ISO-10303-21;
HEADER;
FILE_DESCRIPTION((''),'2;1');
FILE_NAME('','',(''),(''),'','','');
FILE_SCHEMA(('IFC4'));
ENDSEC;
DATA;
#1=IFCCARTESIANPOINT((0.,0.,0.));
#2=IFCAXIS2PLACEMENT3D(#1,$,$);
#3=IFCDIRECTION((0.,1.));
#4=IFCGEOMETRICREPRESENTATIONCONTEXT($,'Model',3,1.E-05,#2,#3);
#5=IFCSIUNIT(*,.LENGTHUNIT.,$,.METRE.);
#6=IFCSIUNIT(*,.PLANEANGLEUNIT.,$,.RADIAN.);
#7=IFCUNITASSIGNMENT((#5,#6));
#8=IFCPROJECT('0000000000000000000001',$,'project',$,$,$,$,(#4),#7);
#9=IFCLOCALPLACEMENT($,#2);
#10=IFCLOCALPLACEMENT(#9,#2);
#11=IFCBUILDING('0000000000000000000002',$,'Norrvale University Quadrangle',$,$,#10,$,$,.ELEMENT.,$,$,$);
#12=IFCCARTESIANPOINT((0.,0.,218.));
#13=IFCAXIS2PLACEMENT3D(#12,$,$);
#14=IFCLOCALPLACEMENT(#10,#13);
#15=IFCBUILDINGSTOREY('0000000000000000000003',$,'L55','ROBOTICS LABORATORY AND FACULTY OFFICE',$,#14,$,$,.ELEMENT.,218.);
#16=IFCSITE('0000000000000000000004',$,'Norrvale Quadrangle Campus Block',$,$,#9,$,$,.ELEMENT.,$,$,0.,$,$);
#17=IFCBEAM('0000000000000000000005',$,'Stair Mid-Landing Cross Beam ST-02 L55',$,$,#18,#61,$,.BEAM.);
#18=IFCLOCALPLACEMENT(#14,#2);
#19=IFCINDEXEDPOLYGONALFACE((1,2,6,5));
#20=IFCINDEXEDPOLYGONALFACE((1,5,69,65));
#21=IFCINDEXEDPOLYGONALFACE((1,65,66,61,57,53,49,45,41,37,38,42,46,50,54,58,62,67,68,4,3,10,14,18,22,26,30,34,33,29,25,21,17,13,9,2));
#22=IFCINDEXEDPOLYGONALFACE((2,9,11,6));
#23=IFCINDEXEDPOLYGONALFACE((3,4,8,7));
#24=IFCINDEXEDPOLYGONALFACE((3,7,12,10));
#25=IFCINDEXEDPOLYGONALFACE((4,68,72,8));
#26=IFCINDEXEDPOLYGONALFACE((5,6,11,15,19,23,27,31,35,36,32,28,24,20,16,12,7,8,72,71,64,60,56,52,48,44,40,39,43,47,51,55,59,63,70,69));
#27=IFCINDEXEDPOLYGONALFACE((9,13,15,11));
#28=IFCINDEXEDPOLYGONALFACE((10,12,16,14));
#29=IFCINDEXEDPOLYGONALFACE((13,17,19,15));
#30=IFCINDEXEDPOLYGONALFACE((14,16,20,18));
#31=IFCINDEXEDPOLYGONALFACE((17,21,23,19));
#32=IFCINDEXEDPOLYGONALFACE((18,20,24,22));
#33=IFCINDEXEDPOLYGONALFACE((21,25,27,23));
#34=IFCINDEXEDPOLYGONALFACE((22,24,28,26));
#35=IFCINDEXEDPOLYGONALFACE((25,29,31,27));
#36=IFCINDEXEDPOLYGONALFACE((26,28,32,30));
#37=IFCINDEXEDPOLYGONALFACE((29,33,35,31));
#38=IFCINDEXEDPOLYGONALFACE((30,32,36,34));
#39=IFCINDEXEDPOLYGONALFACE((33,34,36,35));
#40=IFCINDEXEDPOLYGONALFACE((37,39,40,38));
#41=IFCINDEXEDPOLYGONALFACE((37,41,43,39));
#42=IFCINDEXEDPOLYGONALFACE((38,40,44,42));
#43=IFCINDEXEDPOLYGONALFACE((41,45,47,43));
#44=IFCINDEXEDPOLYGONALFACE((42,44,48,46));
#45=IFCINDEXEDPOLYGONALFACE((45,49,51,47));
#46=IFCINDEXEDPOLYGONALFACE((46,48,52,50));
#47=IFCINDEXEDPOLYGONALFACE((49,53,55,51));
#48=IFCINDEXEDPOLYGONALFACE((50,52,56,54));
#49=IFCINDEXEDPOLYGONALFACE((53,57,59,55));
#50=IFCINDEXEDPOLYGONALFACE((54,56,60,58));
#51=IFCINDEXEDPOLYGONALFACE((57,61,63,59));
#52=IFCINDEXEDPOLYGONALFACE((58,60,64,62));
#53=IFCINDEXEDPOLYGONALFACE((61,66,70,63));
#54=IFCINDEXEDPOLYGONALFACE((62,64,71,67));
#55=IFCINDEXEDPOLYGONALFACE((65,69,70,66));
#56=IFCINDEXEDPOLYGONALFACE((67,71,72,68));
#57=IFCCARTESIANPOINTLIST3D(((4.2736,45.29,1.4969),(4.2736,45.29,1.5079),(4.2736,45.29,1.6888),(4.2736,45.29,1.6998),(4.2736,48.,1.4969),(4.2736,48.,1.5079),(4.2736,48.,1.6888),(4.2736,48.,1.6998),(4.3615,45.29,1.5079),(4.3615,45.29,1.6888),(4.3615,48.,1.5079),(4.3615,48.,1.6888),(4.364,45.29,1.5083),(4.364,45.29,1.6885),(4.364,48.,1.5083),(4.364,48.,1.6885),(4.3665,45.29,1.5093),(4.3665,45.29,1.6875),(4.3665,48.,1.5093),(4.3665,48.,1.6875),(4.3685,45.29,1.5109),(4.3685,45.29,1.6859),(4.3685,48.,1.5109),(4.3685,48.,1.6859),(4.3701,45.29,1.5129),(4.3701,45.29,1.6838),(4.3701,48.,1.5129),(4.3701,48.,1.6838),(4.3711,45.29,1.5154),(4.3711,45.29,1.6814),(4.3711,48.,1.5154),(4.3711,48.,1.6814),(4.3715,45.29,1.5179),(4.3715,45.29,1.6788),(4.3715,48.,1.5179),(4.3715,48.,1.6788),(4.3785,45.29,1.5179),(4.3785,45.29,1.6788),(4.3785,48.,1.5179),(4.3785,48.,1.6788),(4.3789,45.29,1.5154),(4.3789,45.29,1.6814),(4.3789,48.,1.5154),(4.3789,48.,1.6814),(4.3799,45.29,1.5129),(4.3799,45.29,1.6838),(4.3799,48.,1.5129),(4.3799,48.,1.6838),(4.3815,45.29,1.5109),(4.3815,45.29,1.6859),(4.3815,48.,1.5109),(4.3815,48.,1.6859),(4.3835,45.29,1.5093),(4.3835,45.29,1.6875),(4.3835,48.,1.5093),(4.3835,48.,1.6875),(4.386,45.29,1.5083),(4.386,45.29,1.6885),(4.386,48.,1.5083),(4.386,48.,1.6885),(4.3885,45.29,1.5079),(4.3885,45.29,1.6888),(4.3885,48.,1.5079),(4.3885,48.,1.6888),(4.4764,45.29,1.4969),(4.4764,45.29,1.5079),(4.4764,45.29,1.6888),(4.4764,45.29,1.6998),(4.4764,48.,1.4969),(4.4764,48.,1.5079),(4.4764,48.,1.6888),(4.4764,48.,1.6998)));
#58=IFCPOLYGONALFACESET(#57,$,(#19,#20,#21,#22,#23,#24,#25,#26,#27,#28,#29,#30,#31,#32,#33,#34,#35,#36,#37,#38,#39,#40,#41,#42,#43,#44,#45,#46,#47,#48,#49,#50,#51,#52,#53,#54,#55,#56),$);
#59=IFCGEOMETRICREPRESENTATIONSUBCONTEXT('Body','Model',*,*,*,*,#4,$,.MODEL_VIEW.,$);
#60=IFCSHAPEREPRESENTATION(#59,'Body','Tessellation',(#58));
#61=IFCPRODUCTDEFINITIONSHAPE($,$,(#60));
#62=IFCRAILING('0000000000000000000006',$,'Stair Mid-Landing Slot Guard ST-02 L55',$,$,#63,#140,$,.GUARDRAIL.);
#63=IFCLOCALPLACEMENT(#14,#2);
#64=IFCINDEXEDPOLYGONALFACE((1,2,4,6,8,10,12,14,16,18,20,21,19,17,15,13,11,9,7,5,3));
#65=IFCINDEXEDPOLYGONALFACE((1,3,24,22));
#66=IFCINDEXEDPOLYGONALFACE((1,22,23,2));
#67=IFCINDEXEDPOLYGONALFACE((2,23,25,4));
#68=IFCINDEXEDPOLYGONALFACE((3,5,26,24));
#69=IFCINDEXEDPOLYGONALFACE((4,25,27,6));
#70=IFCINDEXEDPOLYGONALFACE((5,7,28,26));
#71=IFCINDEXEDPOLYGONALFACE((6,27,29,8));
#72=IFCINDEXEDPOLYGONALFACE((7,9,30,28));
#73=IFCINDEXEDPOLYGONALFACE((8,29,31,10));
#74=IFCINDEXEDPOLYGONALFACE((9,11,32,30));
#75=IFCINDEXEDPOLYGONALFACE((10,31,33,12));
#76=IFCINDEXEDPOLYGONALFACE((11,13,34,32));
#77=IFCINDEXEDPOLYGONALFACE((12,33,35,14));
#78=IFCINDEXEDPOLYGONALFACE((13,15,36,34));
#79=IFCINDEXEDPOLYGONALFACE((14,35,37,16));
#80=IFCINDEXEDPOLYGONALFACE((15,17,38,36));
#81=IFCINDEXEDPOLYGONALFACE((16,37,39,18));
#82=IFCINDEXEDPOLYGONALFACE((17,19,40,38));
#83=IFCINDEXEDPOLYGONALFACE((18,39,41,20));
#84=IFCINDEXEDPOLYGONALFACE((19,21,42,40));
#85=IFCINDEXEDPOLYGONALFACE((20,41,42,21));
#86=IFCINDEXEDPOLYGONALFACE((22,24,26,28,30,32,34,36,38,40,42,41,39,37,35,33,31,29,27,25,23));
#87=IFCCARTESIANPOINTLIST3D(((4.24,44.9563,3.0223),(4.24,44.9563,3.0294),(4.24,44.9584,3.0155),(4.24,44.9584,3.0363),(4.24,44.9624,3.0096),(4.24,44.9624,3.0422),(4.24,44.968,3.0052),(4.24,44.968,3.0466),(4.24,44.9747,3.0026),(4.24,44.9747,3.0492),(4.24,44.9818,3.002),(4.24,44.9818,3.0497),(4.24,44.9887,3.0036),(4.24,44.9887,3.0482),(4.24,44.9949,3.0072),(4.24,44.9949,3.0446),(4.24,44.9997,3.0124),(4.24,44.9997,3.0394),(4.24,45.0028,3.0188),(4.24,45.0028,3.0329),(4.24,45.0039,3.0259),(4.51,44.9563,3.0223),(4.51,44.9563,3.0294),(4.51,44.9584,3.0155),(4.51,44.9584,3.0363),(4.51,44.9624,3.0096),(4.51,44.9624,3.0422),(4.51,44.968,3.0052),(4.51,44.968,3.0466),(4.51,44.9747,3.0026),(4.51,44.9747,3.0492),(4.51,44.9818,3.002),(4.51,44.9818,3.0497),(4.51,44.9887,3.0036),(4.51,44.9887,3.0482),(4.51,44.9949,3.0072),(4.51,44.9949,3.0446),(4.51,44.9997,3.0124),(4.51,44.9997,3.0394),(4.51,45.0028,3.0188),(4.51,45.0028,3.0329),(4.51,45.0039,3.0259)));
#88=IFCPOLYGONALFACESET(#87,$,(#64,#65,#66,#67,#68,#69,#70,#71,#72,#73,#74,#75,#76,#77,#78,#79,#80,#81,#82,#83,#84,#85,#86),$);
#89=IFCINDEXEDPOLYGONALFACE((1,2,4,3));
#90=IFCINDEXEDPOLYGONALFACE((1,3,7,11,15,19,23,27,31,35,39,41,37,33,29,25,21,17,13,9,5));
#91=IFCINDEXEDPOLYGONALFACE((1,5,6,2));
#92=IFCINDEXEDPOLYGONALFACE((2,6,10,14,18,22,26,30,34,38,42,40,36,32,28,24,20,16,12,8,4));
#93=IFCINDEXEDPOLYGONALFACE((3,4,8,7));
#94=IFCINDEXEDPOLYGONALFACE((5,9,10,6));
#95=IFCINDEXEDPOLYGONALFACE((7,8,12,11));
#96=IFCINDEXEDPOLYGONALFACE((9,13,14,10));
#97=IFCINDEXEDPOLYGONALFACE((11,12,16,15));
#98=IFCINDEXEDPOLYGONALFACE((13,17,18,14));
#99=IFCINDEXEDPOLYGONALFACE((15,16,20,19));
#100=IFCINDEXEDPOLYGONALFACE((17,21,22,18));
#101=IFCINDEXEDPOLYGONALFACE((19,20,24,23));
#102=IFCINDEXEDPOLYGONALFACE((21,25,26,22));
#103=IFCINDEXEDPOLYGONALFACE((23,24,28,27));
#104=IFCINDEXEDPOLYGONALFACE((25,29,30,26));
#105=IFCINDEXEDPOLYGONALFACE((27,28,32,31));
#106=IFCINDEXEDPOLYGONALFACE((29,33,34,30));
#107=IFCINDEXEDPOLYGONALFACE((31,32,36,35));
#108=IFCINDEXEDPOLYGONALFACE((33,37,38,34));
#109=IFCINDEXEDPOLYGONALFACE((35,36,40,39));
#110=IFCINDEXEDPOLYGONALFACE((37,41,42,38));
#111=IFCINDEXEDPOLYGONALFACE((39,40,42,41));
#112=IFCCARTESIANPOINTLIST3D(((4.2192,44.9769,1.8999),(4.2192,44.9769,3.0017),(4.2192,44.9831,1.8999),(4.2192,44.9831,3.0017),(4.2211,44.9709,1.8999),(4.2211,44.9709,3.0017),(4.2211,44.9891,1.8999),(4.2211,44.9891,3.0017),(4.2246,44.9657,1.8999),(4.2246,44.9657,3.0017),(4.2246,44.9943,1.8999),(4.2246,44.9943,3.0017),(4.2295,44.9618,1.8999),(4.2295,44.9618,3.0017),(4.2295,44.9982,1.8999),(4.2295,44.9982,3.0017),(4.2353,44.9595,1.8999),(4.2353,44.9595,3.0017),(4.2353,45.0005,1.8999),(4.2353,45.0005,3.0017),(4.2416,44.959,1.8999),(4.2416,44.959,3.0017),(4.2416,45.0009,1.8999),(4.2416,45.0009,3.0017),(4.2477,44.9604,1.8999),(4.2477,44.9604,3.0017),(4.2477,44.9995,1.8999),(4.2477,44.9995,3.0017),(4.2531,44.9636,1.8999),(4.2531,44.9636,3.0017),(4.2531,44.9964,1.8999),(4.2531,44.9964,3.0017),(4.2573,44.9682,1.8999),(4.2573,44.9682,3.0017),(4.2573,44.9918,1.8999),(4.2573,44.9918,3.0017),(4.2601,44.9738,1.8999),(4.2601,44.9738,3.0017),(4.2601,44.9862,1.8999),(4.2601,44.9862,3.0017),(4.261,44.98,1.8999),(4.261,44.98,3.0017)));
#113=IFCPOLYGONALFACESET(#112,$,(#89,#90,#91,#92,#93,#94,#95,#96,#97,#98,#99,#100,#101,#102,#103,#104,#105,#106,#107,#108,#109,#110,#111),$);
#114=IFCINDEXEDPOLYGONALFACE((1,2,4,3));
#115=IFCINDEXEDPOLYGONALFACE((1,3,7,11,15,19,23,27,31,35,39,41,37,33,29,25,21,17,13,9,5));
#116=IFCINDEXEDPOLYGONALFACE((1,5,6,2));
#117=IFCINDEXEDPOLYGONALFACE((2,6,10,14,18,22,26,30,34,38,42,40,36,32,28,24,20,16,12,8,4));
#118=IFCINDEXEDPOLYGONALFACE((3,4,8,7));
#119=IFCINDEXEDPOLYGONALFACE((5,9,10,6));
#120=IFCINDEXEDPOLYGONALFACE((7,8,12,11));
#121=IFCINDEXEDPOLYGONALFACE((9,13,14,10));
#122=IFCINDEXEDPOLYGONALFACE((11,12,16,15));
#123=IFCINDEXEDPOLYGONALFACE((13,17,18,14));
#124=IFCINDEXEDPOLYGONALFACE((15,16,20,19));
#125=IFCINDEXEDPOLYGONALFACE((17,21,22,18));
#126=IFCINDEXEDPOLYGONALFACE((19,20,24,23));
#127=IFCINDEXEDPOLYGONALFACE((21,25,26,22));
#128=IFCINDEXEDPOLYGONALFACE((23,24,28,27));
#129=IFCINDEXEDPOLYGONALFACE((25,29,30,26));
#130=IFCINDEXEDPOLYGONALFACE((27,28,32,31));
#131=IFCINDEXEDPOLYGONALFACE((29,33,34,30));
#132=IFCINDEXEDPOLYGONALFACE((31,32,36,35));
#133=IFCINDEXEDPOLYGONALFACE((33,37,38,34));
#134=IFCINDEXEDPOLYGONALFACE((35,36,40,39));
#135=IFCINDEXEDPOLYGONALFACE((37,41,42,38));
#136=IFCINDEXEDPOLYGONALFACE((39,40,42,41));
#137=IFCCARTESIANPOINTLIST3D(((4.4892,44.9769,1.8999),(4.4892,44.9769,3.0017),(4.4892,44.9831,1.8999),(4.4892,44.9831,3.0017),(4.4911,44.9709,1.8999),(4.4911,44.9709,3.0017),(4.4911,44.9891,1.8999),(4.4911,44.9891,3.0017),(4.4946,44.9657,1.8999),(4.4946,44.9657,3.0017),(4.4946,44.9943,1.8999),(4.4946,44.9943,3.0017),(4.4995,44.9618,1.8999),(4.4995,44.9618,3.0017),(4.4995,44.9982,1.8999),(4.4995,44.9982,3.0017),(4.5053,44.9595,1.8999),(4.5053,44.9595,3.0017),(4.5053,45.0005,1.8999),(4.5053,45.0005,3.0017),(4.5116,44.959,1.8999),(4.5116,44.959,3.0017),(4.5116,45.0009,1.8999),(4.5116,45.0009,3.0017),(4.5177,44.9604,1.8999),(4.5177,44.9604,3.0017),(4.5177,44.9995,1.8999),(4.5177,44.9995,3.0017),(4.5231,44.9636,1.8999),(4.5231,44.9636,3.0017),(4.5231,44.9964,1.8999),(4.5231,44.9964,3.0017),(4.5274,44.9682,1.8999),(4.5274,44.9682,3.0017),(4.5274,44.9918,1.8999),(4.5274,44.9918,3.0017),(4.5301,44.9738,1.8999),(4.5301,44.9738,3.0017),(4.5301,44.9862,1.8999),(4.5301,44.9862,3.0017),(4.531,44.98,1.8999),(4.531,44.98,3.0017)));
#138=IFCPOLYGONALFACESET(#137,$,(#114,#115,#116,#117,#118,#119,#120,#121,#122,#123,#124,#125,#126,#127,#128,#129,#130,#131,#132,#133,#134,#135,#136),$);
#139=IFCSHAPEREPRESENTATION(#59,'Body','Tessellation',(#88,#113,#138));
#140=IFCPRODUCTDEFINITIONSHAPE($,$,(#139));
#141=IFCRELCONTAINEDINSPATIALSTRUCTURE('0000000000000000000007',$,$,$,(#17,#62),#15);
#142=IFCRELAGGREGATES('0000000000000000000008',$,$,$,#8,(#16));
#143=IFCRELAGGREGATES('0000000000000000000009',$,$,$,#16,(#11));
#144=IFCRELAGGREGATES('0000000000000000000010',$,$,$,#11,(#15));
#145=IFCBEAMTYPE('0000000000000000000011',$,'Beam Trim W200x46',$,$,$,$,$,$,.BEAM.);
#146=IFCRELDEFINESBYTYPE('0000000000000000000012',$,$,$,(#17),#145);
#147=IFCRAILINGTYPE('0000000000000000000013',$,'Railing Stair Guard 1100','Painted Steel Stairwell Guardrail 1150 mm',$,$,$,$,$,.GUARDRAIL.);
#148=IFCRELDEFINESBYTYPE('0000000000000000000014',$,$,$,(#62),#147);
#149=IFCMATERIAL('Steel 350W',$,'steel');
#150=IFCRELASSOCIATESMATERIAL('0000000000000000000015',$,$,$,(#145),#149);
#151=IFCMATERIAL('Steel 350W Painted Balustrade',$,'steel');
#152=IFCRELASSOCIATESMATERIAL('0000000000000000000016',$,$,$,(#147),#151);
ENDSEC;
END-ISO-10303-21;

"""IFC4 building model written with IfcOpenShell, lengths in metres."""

from ifc_helpers import new_model, si_unit, direction, frame, origin, origin_2d, place, context, subcontext, project, spatial, circle, i_section, extrude, material, material_profile, profile_set, type_object, element, save


model = new_model("IFC4")

# Units and contexts
model_context = context("Model", 3, precision=1e-05, world=origin(), true_north=direction((0.0, 1.0)))
body_context = subcontext(model_context, "Body", "Model", "MODEL_VIEW")
ifc_project = project(units=[si_unit("LENGTHUNIT", "METRE"), si_unit("PLANEANGLEUNIT", "RADIAN")], contexts=[model_context])

# Site, building, storey
site_placement = place(None, origin())
site = spatial("IfcSite", under=ifc_project, at=site_placement, Name="Norrvale Quadrangle Campus Block", CompositionType="ELEMENT", RefElevation=0.0)
building_placement = place(site_placement, origin())
building = spatial("IfcBuilding", under=site, at=building_placement, Name="Norrvale University Quadrangle", CompositionType="ELEMENT")
storey_placement = place(building_placement, frame((0.0, 0.0, 218.0)))
storey = spatial("IfcBuildingStorey", under=building, at=storey_placement, Name="L55", Description="ROBOTICS LABORATORY AND FACULTY OFFICE", CompositionType="ELEMENT", Elevation=218.0)

# Beam
ifc_material_1 = material(Name="Steel 350W", Category="steel")
ifc_material_profile_1 = material_profile(ifc_material_1, i_section(OverallWidth=0.2029, OverallDepth=0.2029, WebThickness=0.0071, FlangeThickness=0.011, FilletRadius=0.01, at=origin_2d()), Name="Steel 350W")
ifc_profile_set_1 = profile_set([ifc_material_profile_1], Name="Steel 350W")
beam_type_1 = type_object("IfcBeamType", Name="Beam Trim W200x46", PredefinedType="BEAM", material=ifc_profile_set_1)
beam_1_placement = place(storey_placement, frame((4.375, 45.29, 1.5984), z_axis=(0.0, 1.0, 0.0), x_axis=(-1.0, 0.0, 0.0)))
element("IfcBeam", 1, at=beam_1_placement, inside=storey, type_object=beam_type_1, Name="Stair Mid-Landing Cross Beam ST-02 L55", PredefinedType="BEAM", context=body_context, shape_type="SweptSolid", body=[
    extrude(i_section(OverallWidth=0.2029, OverallDepth=0.2029, WebThickness=0.0071, FlangeThickness=0.011, FilletRadius=0.01, at=origin_2d()), origin(), (0.0, 0.0, 1.0), 2.71),
])

# Railing
ifc_material_2 = material(Name="Steel 350W Painted Balustrade", Category="steel")
railing_type_1 = type_object("IfcRailingType", Name="Railing Stair Guard 1100", Description="Painted Steel Stairwell Guardrail 1150 mm", PredefinedType="GUARDRAIL", material=ifc_material_2)
railing_1_placement = place(storey_placement, frame((4.24, 44.98, 1.8999)))
element("IfcRailing", 2, at=railing_1_placement, inside=storey, type_object=railing_type_1, Name="Stair Mid-Landing Slot Guard ST-02 L55", PredefinedType="GUARDRAIL", context=body_context, shape_type="SweptSolid", body=[
    extrude(circle(Radius=0.0239, at=origin_2d()), frame((0.0, 0.0, 1.126), z_axis=(1.0, 0.0, 0.0), x_axis=(0.0, 1.0, 0.0)), (0.0, 0.0, 1.0), 0.27),
    extrude(circle(Radius=0.021, at=origin_2d()), origin(), (0.0, 0.0, 1.0), 1.1018),
    extrude(circle(Radius=0.021, at=origin_2d()), frame((0.27, 0.0, 0.0)), (0.0, 0.0, 1.0), 1.1018),
])

save(model, "model.ifc")
